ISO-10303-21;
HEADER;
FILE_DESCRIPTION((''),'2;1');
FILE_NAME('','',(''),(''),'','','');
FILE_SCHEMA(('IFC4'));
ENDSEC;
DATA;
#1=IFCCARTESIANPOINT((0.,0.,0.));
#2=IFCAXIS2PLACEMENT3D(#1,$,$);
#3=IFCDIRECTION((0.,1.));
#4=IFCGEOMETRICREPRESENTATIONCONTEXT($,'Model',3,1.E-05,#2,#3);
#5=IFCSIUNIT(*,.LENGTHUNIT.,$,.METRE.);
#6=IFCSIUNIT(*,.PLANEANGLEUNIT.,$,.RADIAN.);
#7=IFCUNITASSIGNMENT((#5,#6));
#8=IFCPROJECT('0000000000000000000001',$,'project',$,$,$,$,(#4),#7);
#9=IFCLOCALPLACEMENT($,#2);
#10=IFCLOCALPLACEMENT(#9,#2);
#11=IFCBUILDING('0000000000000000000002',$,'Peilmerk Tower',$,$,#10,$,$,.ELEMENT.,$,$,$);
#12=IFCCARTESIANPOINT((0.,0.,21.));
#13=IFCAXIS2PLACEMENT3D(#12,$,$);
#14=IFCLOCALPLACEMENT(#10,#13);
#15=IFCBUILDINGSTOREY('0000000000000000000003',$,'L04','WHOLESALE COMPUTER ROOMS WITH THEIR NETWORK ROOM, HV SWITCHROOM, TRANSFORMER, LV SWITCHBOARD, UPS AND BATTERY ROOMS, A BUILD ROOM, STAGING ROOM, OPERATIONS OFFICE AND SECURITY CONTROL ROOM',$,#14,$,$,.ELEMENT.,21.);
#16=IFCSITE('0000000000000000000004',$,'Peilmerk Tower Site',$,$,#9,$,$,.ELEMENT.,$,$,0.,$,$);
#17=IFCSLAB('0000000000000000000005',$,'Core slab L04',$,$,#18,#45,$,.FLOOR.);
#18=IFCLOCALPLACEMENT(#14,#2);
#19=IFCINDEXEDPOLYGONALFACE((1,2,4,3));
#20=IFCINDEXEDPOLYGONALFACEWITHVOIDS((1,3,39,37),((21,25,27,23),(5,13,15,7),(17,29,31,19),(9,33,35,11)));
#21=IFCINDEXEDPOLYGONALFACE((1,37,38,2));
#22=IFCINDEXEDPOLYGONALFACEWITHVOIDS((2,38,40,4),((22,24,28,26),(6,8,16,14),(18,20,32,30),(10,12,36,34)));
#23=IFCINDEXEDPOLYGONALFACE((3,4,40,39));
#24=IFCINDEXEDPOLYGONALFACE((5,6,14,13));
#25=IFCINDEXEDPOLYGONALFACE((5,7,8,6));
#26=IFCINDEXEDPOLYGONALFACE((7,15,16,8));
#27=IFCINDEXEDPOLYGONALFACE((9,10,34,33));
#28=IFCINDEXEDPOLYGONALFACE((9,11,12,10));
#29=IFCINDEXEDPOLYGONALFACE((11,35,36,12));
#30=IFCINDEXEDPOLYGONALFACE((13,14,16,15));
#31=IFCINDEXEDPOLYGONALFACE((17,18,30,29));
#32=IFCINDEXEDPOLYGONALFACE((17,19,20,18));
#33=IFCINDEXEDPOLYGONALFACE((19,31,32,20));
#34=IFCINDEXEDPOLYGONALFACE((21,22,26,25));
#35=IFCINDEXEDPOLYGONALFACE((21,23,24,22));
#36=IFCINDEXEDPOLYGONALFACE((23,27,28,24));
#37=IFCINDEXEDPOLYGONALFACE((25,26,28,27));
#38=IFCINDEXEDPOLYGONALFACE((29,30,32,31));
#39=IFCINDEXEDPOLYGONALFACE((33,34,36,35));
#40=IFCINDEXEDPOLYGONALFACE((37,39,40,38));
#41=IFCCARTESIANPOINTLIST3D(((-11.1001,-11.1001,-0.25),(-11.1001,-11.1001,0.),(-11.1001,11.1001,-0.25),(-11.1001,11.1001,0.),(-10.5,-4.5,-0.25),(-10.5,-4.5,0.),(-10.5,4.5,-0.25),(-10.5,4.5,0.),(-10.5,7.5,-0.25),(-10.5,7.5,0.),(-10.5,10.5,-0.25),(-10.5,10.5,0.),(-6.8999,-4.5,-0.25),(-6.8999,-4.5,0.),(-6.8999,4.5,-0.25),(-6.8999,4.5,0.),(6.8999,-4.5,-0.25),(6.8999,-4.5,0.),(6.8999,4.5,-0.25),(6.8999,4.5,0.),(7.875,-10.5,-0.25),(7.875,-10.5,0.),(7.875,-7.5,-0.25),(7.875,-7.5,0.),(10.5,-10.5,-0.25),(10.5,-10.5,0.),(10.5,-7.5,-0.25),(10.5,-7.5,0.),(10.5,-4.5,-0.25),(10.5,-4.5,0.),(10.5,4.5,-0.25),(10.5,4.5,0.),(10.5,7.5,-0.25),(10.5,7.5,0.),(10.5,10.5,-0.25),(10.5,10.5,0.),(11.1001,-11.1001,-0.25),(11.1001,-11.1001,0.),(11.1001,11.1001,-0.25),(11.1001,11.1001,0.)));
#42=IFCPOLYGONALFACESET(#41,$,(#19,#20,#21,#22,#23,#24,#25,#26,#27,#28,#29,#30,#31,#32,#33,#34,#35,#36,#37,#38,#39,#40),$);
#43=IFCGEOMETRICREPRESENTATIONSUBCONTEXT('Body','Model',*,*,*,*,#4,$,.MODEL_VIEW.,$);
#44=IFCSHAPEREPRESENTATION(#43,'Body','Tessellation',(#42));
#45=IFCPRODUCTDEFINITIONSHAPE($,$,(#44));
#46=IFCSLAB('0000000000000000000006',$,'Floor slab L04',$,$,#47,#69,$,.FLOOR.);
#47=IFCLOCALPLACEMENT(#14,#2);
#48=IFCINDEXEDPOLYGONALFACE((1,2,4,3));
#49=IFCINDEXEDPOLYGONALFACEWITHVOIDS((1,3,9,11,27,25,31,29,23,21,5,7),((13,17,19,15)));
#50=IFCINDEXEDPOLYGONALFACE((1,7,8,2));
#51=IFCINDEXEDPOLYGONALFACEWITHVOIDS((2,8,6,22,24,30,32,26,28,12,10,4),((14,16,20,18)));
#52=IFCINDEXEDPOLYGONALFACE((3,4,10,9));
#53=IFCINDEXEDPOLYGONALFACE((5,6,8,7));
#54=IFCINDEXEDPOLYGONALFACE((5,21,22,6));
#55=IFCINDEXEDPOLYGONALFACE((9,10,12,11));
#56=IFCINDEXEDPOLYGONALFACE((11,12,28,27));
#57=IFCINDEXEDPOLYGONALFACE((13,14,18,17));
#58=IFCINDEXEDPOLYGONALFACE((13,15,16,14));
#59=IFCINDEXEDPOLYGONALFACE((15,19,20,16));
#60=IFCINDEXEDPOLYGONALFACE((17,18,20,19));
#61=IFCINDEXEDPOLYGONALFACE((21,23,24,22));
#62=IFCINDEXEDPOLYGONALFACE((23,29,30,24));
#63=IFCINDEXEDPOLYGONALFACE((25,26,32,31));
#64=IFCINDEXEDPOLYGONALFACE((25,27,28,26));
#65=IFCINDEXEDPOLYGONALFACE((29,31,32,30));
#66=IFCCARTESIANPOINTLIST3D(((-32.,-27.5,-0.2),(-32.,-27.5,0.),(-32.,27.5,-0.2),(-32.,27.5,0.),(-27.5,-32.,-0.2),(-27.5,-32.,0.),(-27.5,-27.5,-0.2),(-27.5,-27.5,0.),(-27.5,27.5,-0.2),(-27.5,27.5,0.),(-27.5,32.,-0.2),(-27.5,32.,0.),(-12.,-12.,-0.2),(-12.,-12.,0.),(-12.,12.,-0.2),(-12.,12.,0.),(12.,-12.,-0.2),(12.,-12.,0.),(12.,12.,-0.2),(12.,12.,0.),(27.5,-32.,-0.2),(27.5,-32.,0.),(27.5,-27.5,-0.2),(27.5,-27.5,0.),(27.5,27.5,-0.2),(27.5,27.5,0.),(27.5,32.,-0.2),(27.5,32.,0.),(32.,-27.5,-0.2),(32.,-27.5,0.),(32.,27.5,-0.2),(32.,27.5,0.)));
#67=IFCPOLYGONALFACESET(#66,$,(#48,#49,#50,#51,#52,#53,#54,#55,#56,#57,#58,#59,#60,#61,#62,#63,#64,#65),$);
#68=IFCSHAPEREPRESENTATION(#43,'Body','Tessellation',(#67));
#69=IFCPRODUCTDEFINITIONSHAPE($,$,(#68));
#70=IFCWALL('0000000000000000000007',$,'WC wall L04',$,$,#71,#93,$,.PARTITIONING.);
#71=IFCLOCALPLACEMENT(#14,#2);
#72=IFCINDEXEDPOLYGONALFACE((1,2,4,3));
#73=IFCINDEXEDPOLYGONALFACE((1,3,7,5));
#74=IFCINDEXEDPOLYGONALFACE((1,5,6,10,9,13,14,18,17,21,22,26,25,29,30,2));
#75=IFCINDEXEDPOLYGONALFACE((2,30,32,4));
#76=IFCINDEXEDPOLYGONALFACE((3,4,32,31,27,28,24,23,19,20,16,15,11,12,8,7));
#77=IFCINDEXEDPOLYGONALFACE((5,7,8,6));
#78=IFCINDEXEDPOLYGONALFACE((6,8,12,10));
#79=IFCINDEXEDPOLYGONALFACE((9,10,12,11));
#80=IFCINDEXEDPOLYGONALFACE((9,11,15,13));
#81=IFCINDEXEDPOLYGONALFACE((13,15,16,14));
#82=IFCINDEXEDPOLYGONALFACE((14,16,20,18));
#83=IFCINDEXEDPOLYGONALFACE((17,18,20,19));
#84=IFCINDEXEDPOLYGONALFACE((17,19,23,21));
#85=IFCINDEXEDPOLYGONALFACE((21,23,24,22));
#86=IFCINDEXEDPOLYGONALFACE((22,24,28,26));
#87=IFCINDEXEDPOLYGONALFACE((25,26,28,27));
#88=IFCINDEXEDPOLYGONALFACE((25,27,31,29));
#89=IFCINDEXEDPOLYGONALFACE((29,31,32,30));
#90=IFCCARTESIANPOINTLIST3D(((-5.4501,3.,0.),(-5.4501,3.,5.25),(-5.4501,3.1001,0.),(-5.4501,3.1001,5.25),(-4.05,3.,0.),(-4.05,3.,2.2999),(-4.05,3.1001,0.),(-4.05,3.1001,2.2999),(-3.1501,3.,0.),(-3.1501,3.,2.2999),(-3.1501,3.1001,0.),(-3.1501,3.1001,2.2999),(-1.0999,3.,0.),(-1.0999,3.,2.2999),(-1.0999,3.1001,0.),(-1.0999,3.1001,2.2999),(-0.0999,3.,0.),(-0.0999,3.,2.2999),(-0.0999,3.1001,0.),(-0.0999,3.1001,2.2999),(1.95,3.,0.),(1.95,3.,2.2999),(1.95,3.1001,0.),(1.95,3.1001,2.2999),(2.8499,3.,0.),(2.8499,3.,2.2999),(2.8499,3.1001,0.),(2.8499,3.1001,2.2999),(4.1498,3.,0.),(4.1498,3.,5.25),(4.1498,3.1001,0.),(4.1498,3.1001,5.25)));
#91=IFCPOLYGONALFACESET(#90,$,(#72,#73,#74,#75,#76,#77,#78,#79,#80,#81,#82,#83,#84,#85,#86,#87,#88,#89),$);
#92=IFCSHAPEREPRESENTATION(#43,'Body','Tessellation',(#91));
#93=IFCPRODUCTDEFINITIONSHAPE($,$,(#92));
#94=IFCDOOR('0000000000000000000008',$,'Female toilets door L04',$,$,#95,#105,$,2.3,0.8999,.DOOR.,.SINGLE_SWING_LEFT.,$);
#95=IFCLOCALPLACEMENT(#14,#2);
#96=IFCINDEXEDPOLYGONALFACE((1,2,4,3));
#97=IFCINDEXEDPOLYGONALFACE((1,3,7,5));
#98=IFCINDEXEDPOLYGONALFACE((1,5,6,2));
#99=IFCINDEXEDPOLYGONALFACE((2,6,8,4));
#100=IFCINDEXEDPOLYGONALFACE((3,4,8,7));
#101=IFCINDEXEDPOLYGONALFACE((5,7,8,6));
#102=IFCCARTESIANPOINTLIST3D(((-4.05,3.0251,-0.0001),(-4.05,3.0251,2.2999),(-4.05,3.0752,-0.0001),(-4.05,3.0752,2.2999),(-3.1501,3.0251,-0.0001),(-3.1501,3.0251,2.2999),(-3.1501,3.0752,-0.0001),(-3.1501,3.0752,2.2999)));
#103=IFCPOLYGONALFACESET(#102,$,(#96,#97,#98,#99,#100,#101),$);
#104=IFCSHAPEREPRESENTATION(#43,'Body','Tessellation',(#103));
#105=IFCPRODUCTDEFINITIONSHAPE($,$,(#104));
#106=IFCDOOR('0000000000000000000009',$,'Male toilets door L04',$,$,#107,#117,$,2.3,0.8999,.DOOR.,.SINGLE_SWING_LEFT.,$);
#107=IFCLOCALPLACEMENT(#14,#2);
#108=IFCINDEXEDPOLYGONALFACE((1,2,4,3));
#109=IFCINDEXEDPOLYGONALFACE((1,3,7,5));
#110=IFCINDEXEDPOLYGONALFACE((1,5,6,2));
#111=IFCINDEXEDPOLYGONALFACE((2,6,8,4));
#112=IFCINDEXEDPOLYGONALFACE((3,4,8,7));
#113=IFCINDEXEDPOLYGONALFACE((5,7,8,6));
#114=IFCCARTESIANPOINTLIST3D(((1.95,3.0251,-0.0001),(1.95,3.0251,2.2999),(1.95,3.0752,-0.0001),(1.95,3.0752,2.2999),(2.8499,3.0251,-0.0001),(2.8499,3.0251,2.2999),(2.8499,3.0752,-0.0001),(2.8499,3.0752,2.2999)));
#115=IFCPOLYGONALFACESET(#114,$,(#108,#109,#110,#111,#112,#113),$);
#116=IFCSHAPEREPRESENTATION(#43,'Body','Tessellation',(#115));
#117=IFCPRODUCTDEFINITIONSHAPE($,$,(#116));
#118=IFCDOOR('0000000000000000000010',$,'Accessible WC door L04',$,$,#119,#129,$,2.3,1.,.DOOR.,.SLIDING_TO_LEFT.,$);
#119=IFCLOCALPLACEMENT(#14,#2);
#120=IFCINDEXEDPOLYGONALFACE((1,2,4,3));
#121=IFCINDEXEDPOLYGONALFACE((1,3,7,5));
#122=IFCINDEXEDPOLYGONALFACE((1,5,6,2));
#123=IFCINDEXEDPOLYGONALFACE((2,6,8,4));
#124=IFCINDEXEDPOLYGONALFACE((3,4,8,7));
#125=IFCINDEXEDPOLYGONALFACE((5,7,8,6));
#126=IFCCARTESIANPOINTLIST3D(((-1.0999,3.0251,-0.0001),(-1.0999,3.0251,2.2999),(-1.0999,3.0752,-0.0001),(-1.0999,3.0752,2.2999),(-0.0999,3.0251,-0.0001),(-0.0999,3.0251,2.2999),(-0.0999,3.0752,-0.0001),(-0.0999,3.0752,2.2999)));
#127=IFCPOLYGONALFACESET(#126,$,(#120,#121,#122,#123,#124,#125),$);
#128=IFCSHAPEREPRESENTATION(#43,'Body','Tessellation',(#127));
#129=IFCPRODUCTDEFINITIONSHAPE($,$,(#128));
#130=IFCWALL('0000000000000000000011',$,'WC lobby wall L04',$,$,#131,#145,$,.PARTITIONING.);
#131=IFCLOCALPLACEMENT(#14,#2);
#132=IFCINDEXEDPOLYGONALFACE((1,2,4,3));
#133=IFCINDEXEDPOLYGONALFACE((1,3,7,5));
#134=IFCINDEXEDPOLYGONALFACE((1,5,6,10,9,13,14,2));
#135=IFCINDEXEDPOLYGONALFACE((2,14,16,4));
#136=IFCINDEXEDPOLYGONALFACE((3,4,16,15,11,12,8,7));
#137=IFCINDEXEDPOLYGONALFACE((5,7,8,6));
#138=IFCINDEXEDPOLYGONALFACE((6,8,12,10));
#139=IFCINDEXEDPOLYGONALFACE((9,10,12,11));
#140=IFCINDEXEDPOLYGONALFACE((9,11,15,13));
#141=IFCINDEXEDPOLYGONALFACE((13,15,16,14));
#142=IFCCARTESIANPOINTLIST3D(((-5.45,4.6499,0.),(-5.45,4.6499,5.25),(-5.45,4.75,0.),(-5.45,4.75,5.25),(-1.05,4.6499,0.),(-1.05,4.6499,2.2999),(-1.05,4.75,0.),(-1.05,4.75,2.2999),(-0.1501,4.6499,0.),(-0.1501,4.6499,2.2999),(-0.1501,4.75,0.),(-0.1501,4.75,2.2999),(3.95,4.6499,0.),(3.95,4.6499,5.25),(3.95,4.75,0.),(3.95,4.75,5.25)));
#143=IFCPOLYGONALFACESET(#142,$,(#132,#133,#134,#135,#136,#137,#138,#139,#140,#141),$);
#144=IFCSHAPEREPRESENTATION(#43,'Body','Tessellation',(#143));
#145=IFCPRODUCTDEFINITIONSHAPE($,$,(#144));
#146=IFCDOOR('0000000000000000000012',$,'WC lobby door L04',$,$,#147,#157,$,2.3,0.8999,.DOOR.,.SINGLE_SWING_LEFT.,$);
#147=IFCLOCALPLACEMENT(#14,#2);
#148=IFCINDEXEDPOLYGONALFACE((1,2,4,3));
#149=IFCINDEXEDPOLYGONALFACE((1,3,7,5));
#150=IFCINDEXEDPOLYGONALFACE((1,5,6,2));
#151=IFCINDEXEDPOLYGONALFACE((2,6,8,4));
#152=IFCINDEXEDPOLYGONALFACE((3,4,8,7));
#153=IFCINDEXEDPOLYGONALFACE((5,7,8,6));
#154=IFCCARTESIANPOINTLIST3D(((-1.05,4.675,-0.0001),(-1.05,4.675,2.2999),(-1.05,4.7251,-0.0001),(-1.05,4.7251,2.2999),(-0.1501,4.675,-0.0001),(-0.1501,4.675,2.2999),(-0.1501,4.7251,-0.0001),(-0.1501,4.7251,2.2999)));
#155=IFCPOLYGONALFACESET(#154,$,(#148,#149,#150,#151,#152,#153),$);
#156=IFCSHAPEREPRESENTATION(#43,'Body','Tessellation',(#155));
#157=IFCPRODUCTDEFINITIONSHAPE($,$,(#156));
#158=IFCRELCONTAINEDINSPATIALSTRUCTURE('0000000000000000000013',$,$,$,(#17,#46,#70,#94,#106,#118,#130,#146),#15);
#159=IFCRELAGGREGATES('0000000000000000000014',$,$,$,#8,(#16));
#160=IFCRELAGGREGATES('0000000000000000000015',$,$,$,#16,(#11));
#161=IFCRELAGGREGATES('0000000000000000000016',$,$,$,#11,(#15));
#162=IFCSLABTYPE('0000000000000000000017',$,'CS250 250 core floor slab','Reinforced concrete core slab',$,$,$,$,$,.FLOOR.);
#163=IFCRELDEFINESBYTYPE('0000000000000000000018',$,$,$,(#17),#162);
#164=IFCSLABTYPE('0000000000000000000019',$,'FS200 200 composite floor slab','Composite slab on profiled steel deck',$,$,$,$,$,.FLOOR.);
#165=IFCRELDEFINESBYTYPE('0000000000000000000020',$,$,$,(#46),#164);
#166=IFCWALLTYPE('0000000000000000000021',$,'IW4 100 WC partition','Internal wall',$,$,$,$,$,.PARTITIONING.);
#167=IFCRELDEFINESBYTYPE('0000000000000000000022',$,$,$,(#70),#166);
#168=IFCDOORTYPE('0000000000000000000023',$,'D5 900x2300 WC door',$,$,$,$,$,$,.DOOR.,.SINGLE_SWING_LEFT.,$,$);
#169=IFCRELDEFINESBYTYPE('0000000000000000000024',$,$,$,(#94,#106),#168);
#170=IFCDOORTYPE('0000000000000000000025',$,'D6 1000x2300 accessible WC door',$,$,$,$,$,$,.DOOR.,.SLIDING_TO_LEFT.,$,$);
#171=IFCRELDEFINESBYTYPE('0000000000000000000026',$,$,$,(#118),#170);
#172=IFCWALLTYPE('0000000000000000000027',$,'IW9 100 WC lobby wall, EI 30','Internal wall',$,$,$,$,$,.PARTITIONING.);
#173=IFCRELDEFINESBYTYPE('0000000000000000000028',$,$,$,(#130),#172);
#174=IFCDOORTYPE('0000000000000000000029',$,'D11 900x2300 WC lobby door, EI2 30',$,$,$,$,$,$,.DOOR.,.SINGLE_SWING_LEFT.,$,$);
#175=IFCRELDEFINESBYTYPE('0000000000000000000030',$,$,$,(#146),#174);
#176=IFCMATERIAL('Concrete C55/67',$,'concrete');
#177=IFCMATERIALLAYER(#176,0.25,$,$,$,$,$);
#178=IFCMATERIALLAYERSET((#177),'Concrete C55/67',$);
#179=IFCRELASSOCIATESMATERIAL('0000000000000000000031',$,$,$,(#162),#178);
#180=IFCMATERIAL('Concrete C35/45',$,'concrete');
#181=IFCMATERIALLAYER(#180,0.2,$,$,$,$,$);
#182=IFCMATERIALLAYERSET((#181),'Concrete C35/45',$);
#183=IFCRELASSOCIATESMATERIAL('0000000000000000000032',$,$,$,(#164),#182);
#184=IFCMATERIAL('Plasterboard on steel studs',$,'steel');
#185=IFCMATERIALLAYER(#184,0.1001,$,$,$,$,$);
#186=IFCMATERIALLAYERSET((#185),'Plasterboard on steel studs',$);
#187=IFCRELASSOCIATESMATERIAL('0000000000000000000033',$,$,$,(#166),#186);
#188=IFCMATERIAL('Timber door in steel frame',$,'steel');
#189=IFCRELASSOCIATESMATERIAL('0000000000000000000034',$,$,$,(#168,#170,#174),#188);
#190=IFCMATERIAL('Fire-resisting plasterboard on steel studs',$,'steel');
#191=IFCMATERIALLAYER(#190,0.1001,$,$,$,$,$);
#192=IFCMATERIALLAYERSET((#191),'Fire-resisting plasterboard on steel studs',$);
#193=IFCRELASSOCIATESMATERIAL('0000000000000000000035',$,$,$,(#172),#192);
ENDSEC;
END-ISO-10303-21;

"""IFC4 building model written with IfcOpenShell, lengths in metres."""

from ifc_helpers import new_model, si_unit, direction, frame, frame_2d, origin, place, context, subcontext, project, spatial, polyline, rectangle, outline, extrude, material, layer, layer_set, type_object, element, fill, save


model = new_model("IFC4")

# Units and contexts
model_context = context("Model", 3, precision=1e-05, world=origin(), true_north=direction((0.0, 1.0)))
body_context = subcontext(model_context, "Body", "Model", "MODEL_VIEW")
ifc_project = project(units=[si_unit("LENGTHUNIT", "METRE"), si_unit("PLANEANGLEUNIT", "RADIAN")], contexts=[model_context])

# Site, building, storey
site_placement = place(None, origin())
site = spatial("IfcSite", under=ifc_project, at=site_placement, Name="Peilmerk Tower Site", CompositionType="ELEMENT", RefElevation=0.0)
building_placement = place(site_placement, origin())
building = spatial("IfcBuilding", under=site, at=building_placement, Name="Peilmerk Tower", CompositionType="ELEMENT")
storey_placement = place(building_placement, frame((0.0, 0.0, 21.0)))
storey = spatial("IfcBuildingStorey", under=building, at=storey_placement, Name="L04", Description="WHOLESALE COMPUTER ROOMS WITH THEIR NETWORK ROOM, HV SWITCHROOM, TRANSFORMER, LV SWITCHBOARD, UPS AND BATTERY ROOMS, A BUILD ROOM, STAGING ROOM, OPERATIONS OFFICE AND SECURITY CONTROL ROOM", CompositionType="ELEMENT", Elevation=21.0)

# Slabs
ifc_material_1 = material(Name="Concrete C55/67", Category="concrete")
ifc_layer_1 = layer(ifc_material_1, 0.25)
ifc_layer_set_1 = layer_set([ifc_layer_1], Name="Concrete C55/67")
slab_type_1 = type_object("IfcSlabType", Name="CS250 250 core floor slab", Description="Reinforced concrete core slab", PredefinedType="FLOOR", material=ifc_layer_set_1)
slab_1_placement = place(storey_placement, frame((0.0, 0.0, -0.25)))
element("IfcSlab", 1, at=slab_1_placement, inside=storey, type_object=slab_type_1, Name="Core slab L04", PredefinedType="FLOOR", context=body_context, shape_type="SweptSolid", body=[
    extrude(outline(polyline([(-11.1001, 11.1001), (-11.1001, -11.1001), (11.1001, -11.1001), (11.1001, 11.1001), (-11.1001, 11.1001)]), holes=[polyline([(10.5, 7.5), (-10.5, 7.5), (-10.5, 10.5), (10.5, 10.5), (10.5, 7.5)]), polyline([(7.875, -10.5), (7.875, -7.5), (10.5, -7.5), (10.5, -10.5), (7.875, -10.5)]), polyline([(-10.5, 4.5), (-6.8999, 4.5), (-6.8999, -4.5), (-10.5, -4.5), (-10.5, 4.5)]), polyline([(10.5, 4.5), (10.5, -4.5), (6.8999, -4.5), (6.8999, 4.5), (10.5, 4.5)])]), origin(), (0.0, 0.0, 1.0), 0.25),
])
ifc_material_2 = material(Name="Concrete C35/45", Category="concrete")
ifc_layer_2 = layer(ifc_material_2, 0.2)
ifc_layer_set_2 = layer_set([ifc_layer_2], Name="Concrete C35/45")
slab_type_2 = type_object("IfcSlabType", Name="FS200 200 composite floor slab", Description="Composite slab on profiled steel deck", PredefinedType="FLOOR", material=ifc_layer_set_2)
slab_2_placement = place(storey_placement, frame((0.0, 0.0, -0.2)))
element("IfcSlab", 2, at=slab_2_placement, inside=storey, type_object=slab_type_2, Name="Floor slab L04", PredefinedType="FLOOR", context=body_context, shape_type="SweptSolid", body=[
    extrude(outline(polyline([(-27.5, -32.0), (27.5, -32.0), (27.5, -27.5), (32.0, -27.5), (32.0, 27.5), (27.5, 27.5), (27.5, 32.0), (-27.5, 32.0), (-27.5, 27.5), (-32.0, 27.5), (-32.0, -27.5), (-27.5, -27.5), (-27.5, -32.0)]), holes=[polyline([(12.0, 12.0), (12.0, -12.0), (-12.0, -12.0), (-12.0, 12.0), (12.0, 12.0)])]), origin(), (0.0, 0.0, 1.0), 0.2),
])

# Wall, openings, doors
ifc_material_3 = material(Name="Plasterboard on steel studs", Category="steel")
ifc_layer_3 = layer(ifc_material_3, 0.1001)
ifc_layer_set_3 = layer_set([ifc_layer_3], Name="Plasterboard on steel studs")
wall_type_1 = type_object("IfcWallType", Name="IW4 100 WC partition", Description="Internal wall", PredefinedType="PARTITIONING", material=ifc_layer_set_3)
wall_1_placement = place(storey_placement, frame((-5.45, 3.05, 0.0), z_axis=(0.0, 0.0, 1.0), x_axis=(1.0, 0.0, 0.0)))
wall_1 = element("IfcWall", 3, at=wall_1_placement, inside=storey, type_object=wall_type_1, Name="WC wall L04", PredefinedType="PARTITIONING", context=body_context, shape_type="SweptSolid", body=[
    extrude(rectangle(XDim=9.5999, YDim=0.1001, at=frame_2d((4.7998, 0.0))), origin(), (0.0, 0.0, 1.0), 5.25),
])
opening_1_placement = place(wall_1_placement, frame((1.3999, 0.0, 0.0)))
opening_1 = element("IfcOpeningElement", 4, at=opening_1_placement, cuts=wall_1, PredefinedType="OPENING", context=body_context, shape_type="SweptSolid", body=[
    extrude(rectangle(XDim=0.8999, YDim=2.3, at=frame_2d((0.45, 1.1499))), frame((0.0, 0.0601, 0.0), z_axis=(0.0, -1.0, 0.0), x_axis=(1.0, 0.0, 0.0)), (0.0, 0.0, 1.0), 0.1201),
])
opening_2_placement = place(wall_1_placement, frame((4.3501, 0.0, 0.0)))
opening_2 = element("IfcOpeningElement", 5, at=opening_2_placement, cuts=wall_1, PredefinedType="OPENING", context=body_context, shape_type="SweptSolid", body=[
    extrude(rectangle(XDim=1.0, YDim=2.3, at=frame_2d((0.5, 1.1499))), frame((0.0, 0.0601, 0.0), z_axis=(0.0, -1.0, 0.0), x_axis=(1.0, 0.0, 0.0)), (0.0, 0.0, 1.0), 0.1201),
])
opening_3_placement = place(wall_1_placement, frame((7.3999, 0.0, 0.0)))
opening_3 = element("IfcOpeningElement", 6, at=opening_3_placement, cuts=wall_1, PredefinedType="OPENING", context=body_context, shape_type="SweptSolid", body=[
    extrude(rectangle(XDim=0.8999, YDim=2.3, at=frame_2d((0.45, 1.1499))), frame((0.0, 0.0601, 0.0), z_axis=(0.0, -1.0, 0.0), x_axis=(1.0, 0.0, 0.0)), (0.0, 0.0, 1.0), 0.1201),
])
ifc_material_4 = material(Name="Timber door in steel frame", Category="steel")
door_type_1 = type_object("IfcDoorType", Name="D5 900x2300 WC door", OperationType="SINGLE_SWING_LEFT", PredefinedType="DOOR", material=ifc_material_4)
door_1_placement = place(opening_1_placement, frame((0.8999, 0.0, 0.0), z_axis=(0.0, 0.0, 1.0), x_axis=(-1.0, 0.0, 0.0)))
door_1 = element("IfcDoor", 7, at=door_1_placement, inside=storey, type_object=door_type_1, Name="Female toilets door L04", OperationType="SINGLE_SWING_LEFT", OverallHeight=2.3, OverallWidth=0.8999, PredefinedType="DOOR", context=body_context, shape_type="SweptSolid", body=[
    extrude(rectangle(XDim=0.8999, YDim=2.3, at=frame_2d((0.45, 1.1499))), frame((0.0, 0.0249, 0.0), z_axis=(0.0, -1.0, 0.0), x_axis=(1.0, 0.0, 0.0)), (0.0, 0.0, 1.0), 0.05),
])
fill(opening_1, door_1)
door_2_placement = place(opening_3_placement, frame((0.8999, 0.0, 0.0), z_axis=(0.0, 0.0, 1.0), x_axis=(-1.0, 0.0, 0.0)))
door_2 = element("IfcDoor", 8, at=door_2_placement, inside=storey, type_object=door_type_1, Name="Male toilets door L04", OperationType="SINGLE_SWING_LEFT", OverallHeight=2.3, OverallWidth=0.8999, PredefinedType="DOOR", context=body_context, shape_type="SweptSolid", body=[
    extrude(rectangle(XDim=0.8999, YDim=2.3, at=frame_2d((0.45, 1.1499))), frame((0.0, 0.0249, 0.0), z_axis=(0.0, -1.0, 0.0), x_axis=(1.0, 0.0, 0.0)), (0.0, 0.0, 1.0), 0.05),
])
fill(opening_3, door_2)
door_type_2 = type_object("IfcDoorType", Name="D6 1000x2300 accessible WC door", OperationType="SLIDING_TO_LEFT", PredefinedType="DOOR", material=ifc_material_4)
door_3_placement = place(opening_2_placement, frame((1.0, 0.0, 0.0), z_axis=(0.0, 0.0, 1.0), x_axis=(-1.0, 0.0, 0.0)))
door_3 = element("IfcDoor", 9, at=door_3_placement, inside=storey, type_object=door_type_2, Name="Accessible WC door L04", OperationType="SLIDING_TO_LEFT", OverallHeight=2.3, OverallWidth=1.0, PredefinedType="DOOR", context=body_context, shape_type="SweptSolid", body=[
    extrude(rectangle(XDim=1.0, YDim=2.3, at=frame_2d((0.5, 1.1499))), frame((0.0, 0.0249, 0.0), z_axis=(0.0, -1.0, 0.0), x_axis=(1.0, 0.0, 0.0)), (0.0, 0.0, 1.0), 0.05),
])
fill(opening_2, door_3)

# Wall, opening, door
ifc_material_5 = material(Name="Fire-resisting plasterboard on steel studs", Category="steel")
ifc_layer_4 = layer(ifc_material_5, 0.1001)
ifc_layer_set_4 = layer_set([ifc_layer_4], Name="Fire-resisting plasterboard on steel studs")
wall_type_2 = type_object("IfcWallType", Name="IW9 100 WC lobby wall, EI 30", Description="Internal wall", PredefinedType="PARTITIONING", material=ifc_layer_set_4)
wall_2_placement = place(storey_placement, frame((-5.45, 4.7, 0.0), z_axis=(0.0, 0.0, 1.0), x_axis=(1.0, 0.0, 0.0)))
wall_2 = element("IfcWall", 10, at=wall_2_placement, inside=storey, type_object=wall_type_2, Name="WC lobby wall L04", PredefinedType="PARTITIONING", context=body_context, shape_type="SweptSolid", body=[
    extrude(rectangle(XDim=9.3999, YDim=0.1001, at=frame_2d((4.7, 0.0))), origin(), (0.0, 0.0, 1.0), 5.25),
])
opening_4_placement = place(wall_2_placement, frame((4.3999, 0.0, 0.0)))
opening_4 = element("IfcOpeningElement", 11, at=opening_4_placement, cuts=wall_2, PredefinedType="OPENING", context=body_context, shape_type="SweptSolid", body=[
    extrude(rectangle(XDim=0.8999, YDim=2.3, at=frame_2d((0.45, 1.1499))), frame((0.0, 0.0601, 0.0), z_axis=(0.0, -1.0, 0.0), x_axis=(1.0, 0.0, 0.0)), (0.0, 0.0, 1.0), 0.1201),
])
door_type_3 = type_object("IfcDoorType", Name="D11 900x2300 WC lobby door, EI2 30", OperationType="SINGLE_SWING_LEFT", PredefinedType="DOOR", material=ifc_material_4)
door_4_placement = place(opening_4_placement, frame((0.8999, 0.0, 0.0), z_axis=(0.0, 0.0, 1.0), x_axis=(-1.0, 0.0, 0.0)))
door_4 = element("IfcDoor", 12, at=door_4_placement, inside=storey, type_object=door_type_3, Name="WC lobby door L04", OperationType="SINGLE_SWING_LEFT", OverallHeight=2.3, OverallWidth=0.8999, PredefinedType="DOOR", context=body_context, shape_type="SweptSolid", body=[
    extrude(rectangle(XDim=0.8999, YDim=2.3, at=frame_2d((0.45, 1.1499))), frame((0.0, 0.0249, 0.0), z_axis=(0.0, -1.0, 0.0), x_axis=(1.0, 0.0, 0.0)), (0.0, 0.0, 1.0), 0.05),
])
fill(opening_4, door_4)

save(model, "model.ifc")
